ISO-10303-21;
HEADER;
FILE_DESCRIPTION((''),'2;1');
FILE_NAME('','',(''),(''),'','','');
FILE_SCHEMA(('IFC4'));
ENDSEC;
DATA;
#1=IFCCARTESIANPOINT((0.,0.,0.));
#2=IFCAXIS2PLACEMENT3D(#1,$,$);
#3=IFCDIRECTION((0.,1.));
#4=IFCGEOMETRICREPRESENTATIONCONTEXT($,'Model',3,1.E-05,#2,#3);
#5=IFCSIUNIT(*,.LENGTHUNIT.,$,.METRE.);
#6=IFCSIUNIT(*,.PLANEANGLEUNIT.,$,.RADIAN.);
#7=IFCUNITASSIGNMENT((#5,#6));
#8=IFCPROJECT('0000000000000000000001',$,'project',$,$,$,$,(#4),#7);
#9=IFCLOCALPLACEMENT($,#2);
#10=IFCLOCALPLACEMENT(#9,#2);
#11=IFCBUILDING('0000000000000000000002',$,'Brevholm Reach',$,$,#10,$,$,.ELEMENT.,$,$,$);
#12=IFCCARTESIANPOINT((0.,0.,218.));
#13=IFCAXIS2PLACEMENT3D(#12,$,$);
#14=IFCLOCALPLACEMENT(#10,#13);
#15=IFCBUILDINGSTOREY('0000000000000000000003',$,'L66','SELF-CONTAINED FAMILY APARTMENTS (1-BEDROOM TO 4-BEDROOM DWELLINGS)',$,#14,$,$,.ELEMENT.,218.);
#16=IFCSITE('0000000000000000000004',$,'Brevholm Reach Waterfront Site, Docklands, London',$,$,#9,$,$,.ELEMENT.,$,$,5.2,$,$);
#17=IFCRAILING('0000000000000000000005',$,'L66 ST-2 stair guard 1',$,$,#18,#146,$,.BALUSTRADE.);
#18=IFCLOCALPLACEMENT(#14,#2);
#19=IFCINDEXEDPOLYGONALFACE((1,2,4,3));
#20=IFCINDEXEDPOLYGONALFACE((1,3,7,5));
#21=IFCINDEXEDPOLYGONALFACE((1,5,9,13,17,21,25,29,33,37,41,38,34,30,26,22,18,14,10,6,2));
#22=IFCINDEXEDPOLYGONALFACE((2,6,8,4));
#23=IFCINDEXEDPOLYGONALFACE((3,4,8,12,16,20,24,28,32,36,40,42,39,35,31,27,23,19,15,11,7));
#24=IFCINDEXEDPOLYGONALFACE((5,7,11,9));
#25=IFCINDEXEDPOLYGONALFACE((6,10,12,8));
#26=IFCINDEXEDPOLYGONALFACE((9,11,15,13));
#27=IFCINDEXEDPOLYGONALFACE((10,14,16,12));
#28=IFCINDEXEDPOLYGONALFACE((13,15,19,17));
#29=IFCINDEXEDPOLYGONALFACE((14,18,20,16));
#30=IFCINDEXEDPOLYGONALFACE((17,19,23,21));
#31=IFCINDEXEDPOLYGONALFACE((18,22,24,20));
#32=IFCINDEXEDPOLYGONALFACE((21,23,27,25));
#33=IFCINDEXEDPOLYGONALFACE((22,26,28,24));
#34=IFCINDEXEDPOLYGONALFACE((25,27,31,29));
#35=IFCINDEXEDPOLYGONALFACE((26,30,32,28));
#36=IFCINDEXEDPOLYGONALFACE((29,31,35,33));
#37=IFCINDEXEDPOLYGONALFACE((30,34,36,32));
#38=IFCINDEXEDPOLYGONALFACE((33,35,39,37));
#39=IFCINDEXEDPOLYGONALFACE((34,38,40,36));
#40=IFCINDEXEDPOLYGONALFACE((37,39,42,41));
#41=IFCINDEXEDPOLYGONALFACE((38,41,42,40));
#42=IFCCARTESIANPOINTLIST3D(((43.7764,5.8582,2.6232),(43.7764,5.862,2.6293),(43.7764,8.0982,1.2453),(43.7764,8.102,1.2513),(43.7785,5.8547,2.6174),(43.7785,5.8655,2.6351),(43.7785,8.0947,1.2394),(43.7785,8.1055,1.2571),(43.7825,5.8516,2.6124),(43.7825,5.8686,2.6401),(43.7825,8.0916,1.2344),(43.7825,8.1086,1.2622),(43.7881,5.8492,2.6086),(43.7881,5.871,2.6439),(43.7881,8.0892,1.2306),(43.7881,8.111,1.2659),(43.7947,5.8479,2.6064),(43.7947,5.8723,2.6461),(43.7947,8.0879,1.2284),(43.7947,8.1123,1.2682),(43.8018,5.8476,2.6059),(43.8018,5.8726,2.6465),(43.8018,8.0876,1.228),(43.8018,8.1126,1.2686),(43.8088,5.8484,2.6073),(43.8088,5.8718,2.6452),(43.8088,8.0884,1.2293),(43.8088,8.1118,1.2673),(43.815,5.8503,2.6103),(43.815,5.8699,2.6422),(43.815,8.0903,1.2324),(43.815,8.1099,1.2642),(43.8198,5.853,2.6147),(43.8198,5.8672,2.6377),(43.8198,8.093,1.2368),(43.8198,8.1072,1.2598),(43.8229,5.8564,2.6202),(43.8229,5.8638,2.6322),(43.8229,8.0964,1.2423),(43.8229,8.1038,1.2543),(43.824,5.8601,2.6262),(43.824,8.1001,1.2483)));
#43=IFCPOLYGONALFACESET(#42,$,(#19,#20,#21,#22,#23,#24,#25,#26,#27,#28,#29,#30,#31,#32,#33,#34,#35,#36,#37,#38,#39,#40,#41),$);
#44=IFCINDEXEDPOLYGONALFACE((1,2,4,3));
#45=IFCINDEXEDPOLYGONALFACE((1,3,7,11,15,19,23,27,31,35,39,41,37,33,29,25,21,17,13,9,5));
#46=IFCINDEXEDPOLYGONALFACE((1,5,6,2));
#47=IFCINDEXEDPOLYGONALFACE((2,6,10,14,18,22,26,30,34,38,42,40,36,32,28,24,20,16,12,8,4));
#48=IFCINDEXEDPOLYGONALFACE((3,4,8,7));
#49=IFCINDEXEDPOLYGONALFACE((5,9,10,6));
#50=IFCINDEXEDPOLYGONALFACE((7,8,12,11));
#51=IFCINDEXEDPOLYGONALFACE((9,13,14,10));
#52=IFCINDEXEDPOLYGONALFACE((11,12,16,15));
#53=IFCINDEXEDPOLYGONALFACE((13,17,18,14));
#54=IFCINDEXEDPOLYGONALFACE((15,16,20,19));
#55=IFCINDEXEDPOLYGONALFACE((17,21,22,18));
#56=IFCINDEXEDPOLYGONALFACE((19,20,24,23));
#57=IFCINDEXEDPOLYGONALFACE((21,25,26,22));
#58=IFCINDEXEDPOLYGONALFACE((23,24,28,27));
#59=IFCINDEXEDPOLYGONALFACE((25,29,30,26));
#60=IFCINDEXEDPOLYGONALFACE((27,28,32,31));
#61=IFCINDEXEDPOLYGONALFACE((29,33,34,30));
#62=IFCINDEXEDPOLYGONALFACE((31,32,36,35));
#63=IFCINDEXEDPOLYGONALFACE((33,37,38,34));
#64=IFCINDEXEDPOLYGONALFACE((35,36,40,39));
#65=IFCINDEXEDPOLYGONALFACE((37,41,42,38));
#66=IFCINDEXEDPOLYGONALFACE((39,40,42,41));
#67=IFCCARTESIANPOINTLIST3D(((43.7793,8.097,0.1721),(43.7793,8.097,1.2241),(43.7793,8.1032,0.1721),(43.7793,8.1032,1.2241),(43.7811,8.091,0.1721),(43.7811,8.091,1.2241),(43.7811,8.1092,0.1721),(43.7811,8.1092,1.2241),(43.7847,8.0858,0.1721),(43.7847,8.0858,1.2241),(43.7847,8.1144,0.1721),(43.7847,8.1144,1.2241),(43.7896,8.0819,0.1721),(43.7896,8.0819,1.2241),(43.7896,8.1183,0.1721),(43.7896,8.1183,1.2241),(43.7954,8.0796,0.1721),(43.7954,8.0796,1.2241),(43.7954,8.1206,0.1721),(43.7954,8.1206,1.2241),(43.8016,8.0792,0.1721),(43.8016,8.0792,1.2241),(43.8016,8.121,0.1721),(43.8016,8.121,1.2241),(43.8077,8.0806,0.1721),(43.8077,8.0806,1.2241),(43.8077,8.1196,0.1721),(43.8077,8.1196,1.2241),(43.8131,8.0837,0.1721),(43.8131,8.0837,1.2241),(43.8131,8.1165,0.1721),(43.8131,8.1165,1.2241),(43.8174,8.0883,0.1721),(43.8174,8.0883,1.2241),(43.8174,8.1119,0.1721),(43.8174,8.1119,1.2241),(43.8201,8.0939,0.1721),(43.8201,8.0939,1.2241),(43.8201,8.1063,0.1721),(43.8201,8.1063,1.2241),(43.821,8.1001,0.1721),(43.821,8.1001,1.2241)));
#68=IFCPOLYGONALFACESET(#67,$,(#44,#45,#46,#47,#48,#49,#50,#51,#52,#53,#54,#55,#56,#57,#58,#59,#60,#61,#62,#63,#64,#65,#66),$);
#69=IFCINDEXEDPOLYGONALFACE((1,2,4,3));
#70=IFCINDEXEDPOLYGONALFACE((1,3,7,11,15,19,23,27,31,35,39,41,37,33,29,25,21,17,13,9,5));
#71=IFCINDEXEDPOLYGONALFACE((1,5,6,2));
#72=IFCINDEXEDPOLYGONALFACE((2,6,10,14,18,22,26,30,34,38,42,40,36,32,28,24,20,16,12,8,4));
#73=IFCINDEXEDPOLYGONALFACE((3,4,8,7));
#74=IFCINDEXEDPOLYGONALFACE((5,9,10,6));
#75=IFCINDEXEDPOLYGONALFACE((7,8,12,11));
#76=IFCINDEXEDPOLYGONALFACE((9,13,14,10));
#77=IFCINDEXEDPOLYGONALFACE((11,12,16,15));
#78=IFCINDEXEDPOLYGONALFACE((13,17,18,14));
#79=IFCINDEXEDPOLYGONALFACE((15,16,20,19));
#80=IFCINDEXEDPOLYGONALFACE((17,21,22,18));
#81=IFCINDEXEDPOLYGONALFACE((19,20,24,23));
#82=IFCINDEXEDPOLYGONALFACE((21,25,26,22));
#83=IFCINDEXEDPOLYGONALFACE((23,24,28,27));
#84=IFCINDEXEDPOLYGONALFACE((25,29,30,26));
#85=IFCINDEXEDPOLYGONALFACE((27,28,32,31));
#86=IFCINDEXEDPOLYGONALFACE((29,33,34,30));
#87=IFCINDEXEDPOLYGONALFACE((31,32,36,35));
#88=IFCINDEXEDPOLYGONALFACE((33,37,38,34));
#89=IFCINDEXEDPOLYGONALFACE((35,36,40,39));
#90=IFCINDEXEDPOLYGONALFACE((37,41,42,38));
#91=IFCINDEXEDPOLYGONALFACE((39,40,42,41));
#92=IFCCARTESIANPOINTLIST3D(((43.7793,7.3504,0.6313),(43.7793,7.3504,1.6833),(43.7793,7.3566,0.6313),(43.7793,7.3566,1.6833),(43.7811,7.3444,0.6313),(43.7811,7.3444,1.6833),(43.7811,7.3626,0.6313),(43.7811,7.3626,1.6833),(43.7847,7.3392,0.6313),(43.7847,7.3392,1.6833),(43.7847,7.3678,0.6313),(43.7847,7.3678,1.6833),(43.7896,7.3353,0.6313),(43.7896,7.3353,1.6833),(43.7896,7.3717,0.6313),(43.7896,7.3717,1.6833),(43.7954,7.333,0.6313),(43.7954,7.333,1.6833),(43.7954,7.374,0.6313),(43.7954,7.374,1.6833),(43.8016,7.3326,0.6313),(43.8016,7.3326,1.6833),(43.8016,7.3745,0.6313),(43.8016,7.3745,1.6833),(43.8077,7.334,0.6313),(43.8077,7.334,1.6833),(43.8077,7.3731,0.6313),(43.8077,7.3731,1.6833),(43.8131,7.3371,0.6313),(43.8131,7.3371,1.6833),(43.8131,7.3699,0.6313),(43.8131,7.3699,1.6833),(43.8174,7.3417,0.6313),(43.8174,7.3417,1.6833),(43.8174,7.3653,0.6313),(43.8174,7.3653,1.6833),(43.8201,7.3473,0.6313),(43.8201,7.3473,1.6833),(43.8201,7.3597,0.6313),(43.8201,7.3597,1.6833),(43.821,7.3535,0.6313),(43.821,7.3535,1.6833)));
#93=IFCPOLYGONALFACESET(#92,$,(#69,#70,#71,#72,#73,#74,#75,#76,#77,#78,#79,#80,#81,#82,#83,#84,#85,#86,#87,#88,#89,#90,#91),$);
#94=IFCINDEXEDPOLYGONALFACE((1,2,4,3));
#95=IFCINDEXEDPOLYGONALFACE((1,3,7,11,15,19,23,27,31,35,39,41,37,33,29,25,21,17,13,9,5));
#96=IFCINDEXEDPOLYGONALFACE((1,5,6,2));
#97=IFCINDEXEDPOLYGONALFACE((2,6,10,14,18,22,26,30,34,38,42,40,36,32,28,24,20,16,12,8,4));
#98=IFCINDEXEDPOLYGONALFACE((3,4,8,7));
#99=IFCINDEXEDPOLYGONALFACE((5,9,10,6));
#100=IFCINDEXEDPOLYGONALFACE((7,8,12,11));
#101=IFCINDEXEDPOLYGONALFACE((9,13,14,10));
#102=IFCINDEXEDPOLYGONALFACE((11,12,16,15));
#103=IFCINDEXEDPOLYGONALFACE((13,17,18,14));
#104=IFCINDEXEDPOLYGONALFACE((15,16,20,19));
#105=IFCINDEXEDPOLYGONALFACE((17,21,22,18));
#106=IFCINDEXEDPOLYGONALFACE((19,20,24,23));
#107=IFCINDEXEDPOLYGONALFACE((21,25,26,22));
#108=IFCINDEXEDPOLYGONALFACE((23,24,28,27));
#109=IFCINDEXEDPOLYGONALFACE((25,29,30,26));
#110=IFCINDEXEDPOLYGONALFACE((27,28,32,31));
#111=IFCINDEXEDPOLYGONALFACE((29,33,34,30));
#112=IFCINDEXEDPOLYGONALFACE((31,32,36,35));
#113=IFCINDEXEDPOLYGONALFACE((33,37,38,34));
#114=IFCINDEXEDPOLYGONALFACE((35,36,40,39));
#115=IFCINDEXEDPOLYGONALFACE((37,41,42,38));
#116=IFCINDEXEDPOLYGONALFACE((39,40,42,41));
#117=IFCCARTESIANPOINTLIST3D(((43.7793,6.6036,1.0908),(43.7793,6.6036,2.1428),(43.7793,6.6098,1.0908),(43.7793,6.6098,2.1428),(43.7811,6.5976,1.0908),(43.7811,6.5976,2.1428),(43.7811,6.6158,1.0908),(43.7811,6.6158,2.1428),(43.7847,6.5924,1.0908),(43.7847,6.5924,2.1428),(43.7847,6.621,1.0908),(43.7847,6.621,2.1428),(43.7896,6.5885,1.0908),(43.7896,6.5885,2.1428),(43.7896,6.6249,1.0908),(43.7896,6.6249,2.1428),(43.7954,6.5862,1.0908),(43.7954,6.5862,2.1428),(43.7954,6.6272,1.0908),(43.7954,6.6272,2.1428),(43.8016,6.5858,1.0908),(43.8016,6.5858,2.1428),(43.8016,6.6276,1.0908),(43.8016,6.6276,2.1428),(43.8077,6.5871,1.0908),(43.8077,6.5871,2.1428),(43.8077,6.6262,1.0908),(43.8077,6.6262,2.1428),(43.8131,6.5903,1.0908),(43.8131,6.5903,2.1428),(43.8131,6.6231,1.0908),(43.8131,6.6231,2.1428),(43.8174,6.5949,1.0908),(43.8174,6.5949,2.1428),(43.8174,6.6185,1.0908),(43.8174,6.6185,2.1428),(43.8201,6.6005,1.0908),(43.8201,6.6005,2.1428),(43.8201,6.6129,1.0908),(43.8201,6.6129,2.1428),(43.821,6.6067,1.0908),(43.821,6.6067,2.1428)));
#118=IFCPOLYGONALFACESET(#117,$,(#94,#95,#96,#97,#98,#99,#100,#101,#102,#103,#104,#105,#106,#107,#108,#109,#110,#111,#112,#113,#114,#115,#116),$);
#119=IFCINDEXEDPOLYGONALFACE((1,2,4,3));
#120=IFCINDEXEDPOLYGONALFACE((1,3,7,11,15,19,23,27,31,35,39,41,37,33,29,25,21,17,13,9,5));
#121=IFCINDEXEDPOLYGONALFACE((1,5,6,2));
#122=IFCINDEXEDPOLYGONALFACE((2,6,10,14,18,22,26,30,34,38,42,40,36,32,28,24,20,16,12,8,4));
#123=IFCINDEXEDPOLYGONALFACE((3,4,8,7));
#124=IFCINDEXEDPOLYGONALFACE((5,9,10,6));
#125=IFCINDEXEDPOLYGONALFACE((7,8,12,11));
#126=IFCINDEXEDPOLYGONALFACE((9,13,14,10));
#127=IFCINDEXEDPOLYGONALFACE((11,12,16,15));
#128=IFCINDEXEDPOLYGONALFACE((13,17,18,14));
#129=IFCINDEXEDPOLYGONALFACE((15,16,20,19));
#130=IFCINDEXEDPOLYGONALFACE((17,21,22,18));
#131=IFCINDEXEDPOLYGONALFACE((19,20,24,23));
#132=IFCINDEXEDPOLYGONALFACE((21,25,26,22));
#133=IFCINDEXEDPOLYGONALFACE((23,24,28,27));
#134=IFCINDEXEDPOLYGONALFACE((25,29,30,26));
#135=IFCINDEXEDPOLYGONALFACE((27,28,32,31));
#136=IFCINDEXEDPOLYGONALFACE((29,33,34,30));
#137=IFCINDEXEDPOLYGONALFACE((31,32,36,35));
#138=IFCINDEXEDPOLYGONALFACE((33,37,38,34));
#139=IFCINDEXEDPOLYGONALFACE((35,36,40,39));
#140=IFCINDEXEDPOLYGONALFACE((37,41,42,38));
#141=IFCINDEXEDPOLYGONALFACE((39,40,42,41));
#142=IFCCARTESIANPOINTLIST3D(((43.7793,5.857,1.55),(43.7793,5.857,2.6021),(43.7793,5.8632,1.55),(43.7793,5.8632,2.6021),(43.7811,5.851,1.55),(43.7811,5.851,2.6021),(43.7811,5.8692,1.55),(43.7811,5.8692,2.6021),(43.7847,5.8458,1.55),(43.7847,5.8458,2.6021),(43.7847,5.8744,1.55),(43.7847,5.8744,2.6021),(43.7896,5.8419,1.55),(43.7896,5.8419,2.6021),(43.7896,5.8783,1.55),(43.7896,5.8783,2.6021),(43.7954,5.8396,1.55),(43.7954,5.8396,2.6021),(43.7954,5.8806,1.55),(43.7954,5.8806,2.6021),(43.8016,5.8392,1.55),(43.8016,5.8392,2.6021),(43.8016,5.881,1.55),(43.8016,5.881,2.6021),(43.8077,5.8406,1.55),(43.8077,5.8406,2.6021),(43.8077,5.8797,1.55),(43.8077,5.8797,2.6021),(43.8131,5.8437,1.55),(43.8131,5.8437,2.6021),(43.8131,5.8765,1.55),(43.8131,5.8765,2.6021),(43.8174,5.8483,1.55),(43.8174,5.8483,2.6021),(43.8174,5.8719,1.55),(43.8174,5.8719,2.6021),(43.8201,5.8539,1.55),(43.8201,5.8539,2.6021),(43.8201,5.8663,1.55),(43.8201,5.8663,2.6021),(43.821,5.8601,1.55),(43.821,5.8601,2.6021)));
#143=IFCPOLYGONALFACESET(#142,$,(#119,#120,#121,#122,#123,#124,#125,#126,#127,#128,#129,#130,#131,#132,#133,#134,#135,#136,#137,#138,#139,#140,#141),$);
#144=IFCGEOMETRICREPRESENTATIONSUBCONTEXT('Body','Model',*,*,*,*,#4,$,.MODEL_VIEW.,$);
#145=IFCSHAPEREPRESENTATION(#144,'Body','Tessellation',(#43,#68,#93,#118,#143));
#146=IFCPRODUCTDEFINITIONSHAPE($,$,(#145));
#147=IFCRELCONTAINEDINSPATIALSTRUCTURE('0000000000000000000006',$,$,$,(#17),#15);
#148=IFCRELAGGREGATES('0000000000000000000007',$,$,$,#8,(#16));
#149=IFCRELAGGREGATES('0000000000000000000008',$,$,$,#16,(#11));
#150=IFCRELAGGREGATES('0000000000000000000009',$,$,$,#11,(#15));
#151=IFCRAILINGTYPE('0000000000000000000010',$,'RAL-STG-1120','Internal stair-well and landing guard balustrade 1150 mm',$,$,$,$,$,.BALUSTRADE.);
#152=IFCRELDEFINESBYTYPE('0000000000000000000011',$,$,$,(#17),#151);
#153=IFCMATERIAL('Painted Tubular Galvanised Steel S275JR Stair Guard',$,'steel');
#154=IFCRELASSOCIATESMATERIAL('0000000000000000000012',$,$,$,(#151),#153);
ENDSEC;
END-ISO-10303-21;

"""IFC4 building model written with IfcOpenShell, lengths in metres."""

from ifc_helpers import new_model, si_unit, direction, frame, origin, origin_2d, place, context, subcontext, project, spatial, circle, extrude, material, type_object, element, save


model = new_model("IFC4")

# Units and contexts
model_context = context("Model", 3, precision=1e-05, world=origin(), true_north=direction((0.0, 1.0)))
body_context = subcontext(model_context, "Body", "Model", "MODEL_VIEW")
ifc_project = project(units=[si_unit("LENGTHUNIT", "METRE"), si_unit("PLANEANGLEUNIT", "RADIAN")], contexts=[model_context])

# Site, building, storey
site_placement = place(None, origin())
site = spatial("IfcSite", under=ifc_project, at=site_placement, Name="Brevholm Reach Waterfront Site, Docklands, London", CompositionType="ELEMENT", RefElevation=5.2)
building_placement = place(site_placement, origin())
building = spatial("IfcBuilding", under=site, at=building_placement, Name="Brevholm Reach", CompositionType="ELEMENT")
storey_placement = place(building_placement, frame((0.0, 0.0, 218.0)))
storey = spatial("IfcBuildingStorey", under=building, at=storey_placement, Name="L66", Description="SELF-CONTAINED FAMILY APARTMENTS (1-BEDROOM TO 4-BEDROOM DWELLINGS)", CompositionType="ELEMENT", Elevation=218.0)

# Railing
ifc_material_1 = material(Name="Painted Tubular Galvanised Steel S275JR Stair Guard", Category="steel")
railing_type_1 = type_object("IfcRailingType", Name="RAL-STG-1120", Description="Internal stair-well and landing guard balustrade 1150 mm", PredefinedType="BALUSTRADE", material=ifc_material_1)
railing_1_placement = place(storey_placement, frame((43.8, 8.1001, 0.1721)))
element("IfcRailing", 1, at=railing_1_placement, inside=storey, type_object=railing_type_1, Name="L66 ST-2 stair guard 1", PredefinedType="BALUSTRADE", context=body_context, shape_type="SweptSolid", body=[
    extrude(circle(Radius=0.0239, at=origin_2d()), frame((0.0, 0.0, 1.0762), z_axis=(0.0, -0.851748, 0.523952), x_axis=(1.0, 0.0, 0.0)), (0.0, 0.0, 1.0), 2.6299),
    extrude(circle(Radius=0.021, at=origin_2d()), origin(), (0.0, 0.0, 1.0), 1.052),
    extrude(circle(Radius=0.021, at=origin_2d()), frame((0.0, -0.7466, 0.4592)), (0.0, 0.0, 1.0), 1.052),
    extrude(circle(Radius=0.021, at=origin_2d()), frame((0.0, -1.4934, 0.9187)), (0.0, 0.0, 1.0), 1.052),
    extrude(circle(Radius=0.021, at=origin_2d()), frame((0.0, -2.24, 1.3779)), (0.0, 0.0, 1.0), 1.052),
])

save(model, "model.ifc")
